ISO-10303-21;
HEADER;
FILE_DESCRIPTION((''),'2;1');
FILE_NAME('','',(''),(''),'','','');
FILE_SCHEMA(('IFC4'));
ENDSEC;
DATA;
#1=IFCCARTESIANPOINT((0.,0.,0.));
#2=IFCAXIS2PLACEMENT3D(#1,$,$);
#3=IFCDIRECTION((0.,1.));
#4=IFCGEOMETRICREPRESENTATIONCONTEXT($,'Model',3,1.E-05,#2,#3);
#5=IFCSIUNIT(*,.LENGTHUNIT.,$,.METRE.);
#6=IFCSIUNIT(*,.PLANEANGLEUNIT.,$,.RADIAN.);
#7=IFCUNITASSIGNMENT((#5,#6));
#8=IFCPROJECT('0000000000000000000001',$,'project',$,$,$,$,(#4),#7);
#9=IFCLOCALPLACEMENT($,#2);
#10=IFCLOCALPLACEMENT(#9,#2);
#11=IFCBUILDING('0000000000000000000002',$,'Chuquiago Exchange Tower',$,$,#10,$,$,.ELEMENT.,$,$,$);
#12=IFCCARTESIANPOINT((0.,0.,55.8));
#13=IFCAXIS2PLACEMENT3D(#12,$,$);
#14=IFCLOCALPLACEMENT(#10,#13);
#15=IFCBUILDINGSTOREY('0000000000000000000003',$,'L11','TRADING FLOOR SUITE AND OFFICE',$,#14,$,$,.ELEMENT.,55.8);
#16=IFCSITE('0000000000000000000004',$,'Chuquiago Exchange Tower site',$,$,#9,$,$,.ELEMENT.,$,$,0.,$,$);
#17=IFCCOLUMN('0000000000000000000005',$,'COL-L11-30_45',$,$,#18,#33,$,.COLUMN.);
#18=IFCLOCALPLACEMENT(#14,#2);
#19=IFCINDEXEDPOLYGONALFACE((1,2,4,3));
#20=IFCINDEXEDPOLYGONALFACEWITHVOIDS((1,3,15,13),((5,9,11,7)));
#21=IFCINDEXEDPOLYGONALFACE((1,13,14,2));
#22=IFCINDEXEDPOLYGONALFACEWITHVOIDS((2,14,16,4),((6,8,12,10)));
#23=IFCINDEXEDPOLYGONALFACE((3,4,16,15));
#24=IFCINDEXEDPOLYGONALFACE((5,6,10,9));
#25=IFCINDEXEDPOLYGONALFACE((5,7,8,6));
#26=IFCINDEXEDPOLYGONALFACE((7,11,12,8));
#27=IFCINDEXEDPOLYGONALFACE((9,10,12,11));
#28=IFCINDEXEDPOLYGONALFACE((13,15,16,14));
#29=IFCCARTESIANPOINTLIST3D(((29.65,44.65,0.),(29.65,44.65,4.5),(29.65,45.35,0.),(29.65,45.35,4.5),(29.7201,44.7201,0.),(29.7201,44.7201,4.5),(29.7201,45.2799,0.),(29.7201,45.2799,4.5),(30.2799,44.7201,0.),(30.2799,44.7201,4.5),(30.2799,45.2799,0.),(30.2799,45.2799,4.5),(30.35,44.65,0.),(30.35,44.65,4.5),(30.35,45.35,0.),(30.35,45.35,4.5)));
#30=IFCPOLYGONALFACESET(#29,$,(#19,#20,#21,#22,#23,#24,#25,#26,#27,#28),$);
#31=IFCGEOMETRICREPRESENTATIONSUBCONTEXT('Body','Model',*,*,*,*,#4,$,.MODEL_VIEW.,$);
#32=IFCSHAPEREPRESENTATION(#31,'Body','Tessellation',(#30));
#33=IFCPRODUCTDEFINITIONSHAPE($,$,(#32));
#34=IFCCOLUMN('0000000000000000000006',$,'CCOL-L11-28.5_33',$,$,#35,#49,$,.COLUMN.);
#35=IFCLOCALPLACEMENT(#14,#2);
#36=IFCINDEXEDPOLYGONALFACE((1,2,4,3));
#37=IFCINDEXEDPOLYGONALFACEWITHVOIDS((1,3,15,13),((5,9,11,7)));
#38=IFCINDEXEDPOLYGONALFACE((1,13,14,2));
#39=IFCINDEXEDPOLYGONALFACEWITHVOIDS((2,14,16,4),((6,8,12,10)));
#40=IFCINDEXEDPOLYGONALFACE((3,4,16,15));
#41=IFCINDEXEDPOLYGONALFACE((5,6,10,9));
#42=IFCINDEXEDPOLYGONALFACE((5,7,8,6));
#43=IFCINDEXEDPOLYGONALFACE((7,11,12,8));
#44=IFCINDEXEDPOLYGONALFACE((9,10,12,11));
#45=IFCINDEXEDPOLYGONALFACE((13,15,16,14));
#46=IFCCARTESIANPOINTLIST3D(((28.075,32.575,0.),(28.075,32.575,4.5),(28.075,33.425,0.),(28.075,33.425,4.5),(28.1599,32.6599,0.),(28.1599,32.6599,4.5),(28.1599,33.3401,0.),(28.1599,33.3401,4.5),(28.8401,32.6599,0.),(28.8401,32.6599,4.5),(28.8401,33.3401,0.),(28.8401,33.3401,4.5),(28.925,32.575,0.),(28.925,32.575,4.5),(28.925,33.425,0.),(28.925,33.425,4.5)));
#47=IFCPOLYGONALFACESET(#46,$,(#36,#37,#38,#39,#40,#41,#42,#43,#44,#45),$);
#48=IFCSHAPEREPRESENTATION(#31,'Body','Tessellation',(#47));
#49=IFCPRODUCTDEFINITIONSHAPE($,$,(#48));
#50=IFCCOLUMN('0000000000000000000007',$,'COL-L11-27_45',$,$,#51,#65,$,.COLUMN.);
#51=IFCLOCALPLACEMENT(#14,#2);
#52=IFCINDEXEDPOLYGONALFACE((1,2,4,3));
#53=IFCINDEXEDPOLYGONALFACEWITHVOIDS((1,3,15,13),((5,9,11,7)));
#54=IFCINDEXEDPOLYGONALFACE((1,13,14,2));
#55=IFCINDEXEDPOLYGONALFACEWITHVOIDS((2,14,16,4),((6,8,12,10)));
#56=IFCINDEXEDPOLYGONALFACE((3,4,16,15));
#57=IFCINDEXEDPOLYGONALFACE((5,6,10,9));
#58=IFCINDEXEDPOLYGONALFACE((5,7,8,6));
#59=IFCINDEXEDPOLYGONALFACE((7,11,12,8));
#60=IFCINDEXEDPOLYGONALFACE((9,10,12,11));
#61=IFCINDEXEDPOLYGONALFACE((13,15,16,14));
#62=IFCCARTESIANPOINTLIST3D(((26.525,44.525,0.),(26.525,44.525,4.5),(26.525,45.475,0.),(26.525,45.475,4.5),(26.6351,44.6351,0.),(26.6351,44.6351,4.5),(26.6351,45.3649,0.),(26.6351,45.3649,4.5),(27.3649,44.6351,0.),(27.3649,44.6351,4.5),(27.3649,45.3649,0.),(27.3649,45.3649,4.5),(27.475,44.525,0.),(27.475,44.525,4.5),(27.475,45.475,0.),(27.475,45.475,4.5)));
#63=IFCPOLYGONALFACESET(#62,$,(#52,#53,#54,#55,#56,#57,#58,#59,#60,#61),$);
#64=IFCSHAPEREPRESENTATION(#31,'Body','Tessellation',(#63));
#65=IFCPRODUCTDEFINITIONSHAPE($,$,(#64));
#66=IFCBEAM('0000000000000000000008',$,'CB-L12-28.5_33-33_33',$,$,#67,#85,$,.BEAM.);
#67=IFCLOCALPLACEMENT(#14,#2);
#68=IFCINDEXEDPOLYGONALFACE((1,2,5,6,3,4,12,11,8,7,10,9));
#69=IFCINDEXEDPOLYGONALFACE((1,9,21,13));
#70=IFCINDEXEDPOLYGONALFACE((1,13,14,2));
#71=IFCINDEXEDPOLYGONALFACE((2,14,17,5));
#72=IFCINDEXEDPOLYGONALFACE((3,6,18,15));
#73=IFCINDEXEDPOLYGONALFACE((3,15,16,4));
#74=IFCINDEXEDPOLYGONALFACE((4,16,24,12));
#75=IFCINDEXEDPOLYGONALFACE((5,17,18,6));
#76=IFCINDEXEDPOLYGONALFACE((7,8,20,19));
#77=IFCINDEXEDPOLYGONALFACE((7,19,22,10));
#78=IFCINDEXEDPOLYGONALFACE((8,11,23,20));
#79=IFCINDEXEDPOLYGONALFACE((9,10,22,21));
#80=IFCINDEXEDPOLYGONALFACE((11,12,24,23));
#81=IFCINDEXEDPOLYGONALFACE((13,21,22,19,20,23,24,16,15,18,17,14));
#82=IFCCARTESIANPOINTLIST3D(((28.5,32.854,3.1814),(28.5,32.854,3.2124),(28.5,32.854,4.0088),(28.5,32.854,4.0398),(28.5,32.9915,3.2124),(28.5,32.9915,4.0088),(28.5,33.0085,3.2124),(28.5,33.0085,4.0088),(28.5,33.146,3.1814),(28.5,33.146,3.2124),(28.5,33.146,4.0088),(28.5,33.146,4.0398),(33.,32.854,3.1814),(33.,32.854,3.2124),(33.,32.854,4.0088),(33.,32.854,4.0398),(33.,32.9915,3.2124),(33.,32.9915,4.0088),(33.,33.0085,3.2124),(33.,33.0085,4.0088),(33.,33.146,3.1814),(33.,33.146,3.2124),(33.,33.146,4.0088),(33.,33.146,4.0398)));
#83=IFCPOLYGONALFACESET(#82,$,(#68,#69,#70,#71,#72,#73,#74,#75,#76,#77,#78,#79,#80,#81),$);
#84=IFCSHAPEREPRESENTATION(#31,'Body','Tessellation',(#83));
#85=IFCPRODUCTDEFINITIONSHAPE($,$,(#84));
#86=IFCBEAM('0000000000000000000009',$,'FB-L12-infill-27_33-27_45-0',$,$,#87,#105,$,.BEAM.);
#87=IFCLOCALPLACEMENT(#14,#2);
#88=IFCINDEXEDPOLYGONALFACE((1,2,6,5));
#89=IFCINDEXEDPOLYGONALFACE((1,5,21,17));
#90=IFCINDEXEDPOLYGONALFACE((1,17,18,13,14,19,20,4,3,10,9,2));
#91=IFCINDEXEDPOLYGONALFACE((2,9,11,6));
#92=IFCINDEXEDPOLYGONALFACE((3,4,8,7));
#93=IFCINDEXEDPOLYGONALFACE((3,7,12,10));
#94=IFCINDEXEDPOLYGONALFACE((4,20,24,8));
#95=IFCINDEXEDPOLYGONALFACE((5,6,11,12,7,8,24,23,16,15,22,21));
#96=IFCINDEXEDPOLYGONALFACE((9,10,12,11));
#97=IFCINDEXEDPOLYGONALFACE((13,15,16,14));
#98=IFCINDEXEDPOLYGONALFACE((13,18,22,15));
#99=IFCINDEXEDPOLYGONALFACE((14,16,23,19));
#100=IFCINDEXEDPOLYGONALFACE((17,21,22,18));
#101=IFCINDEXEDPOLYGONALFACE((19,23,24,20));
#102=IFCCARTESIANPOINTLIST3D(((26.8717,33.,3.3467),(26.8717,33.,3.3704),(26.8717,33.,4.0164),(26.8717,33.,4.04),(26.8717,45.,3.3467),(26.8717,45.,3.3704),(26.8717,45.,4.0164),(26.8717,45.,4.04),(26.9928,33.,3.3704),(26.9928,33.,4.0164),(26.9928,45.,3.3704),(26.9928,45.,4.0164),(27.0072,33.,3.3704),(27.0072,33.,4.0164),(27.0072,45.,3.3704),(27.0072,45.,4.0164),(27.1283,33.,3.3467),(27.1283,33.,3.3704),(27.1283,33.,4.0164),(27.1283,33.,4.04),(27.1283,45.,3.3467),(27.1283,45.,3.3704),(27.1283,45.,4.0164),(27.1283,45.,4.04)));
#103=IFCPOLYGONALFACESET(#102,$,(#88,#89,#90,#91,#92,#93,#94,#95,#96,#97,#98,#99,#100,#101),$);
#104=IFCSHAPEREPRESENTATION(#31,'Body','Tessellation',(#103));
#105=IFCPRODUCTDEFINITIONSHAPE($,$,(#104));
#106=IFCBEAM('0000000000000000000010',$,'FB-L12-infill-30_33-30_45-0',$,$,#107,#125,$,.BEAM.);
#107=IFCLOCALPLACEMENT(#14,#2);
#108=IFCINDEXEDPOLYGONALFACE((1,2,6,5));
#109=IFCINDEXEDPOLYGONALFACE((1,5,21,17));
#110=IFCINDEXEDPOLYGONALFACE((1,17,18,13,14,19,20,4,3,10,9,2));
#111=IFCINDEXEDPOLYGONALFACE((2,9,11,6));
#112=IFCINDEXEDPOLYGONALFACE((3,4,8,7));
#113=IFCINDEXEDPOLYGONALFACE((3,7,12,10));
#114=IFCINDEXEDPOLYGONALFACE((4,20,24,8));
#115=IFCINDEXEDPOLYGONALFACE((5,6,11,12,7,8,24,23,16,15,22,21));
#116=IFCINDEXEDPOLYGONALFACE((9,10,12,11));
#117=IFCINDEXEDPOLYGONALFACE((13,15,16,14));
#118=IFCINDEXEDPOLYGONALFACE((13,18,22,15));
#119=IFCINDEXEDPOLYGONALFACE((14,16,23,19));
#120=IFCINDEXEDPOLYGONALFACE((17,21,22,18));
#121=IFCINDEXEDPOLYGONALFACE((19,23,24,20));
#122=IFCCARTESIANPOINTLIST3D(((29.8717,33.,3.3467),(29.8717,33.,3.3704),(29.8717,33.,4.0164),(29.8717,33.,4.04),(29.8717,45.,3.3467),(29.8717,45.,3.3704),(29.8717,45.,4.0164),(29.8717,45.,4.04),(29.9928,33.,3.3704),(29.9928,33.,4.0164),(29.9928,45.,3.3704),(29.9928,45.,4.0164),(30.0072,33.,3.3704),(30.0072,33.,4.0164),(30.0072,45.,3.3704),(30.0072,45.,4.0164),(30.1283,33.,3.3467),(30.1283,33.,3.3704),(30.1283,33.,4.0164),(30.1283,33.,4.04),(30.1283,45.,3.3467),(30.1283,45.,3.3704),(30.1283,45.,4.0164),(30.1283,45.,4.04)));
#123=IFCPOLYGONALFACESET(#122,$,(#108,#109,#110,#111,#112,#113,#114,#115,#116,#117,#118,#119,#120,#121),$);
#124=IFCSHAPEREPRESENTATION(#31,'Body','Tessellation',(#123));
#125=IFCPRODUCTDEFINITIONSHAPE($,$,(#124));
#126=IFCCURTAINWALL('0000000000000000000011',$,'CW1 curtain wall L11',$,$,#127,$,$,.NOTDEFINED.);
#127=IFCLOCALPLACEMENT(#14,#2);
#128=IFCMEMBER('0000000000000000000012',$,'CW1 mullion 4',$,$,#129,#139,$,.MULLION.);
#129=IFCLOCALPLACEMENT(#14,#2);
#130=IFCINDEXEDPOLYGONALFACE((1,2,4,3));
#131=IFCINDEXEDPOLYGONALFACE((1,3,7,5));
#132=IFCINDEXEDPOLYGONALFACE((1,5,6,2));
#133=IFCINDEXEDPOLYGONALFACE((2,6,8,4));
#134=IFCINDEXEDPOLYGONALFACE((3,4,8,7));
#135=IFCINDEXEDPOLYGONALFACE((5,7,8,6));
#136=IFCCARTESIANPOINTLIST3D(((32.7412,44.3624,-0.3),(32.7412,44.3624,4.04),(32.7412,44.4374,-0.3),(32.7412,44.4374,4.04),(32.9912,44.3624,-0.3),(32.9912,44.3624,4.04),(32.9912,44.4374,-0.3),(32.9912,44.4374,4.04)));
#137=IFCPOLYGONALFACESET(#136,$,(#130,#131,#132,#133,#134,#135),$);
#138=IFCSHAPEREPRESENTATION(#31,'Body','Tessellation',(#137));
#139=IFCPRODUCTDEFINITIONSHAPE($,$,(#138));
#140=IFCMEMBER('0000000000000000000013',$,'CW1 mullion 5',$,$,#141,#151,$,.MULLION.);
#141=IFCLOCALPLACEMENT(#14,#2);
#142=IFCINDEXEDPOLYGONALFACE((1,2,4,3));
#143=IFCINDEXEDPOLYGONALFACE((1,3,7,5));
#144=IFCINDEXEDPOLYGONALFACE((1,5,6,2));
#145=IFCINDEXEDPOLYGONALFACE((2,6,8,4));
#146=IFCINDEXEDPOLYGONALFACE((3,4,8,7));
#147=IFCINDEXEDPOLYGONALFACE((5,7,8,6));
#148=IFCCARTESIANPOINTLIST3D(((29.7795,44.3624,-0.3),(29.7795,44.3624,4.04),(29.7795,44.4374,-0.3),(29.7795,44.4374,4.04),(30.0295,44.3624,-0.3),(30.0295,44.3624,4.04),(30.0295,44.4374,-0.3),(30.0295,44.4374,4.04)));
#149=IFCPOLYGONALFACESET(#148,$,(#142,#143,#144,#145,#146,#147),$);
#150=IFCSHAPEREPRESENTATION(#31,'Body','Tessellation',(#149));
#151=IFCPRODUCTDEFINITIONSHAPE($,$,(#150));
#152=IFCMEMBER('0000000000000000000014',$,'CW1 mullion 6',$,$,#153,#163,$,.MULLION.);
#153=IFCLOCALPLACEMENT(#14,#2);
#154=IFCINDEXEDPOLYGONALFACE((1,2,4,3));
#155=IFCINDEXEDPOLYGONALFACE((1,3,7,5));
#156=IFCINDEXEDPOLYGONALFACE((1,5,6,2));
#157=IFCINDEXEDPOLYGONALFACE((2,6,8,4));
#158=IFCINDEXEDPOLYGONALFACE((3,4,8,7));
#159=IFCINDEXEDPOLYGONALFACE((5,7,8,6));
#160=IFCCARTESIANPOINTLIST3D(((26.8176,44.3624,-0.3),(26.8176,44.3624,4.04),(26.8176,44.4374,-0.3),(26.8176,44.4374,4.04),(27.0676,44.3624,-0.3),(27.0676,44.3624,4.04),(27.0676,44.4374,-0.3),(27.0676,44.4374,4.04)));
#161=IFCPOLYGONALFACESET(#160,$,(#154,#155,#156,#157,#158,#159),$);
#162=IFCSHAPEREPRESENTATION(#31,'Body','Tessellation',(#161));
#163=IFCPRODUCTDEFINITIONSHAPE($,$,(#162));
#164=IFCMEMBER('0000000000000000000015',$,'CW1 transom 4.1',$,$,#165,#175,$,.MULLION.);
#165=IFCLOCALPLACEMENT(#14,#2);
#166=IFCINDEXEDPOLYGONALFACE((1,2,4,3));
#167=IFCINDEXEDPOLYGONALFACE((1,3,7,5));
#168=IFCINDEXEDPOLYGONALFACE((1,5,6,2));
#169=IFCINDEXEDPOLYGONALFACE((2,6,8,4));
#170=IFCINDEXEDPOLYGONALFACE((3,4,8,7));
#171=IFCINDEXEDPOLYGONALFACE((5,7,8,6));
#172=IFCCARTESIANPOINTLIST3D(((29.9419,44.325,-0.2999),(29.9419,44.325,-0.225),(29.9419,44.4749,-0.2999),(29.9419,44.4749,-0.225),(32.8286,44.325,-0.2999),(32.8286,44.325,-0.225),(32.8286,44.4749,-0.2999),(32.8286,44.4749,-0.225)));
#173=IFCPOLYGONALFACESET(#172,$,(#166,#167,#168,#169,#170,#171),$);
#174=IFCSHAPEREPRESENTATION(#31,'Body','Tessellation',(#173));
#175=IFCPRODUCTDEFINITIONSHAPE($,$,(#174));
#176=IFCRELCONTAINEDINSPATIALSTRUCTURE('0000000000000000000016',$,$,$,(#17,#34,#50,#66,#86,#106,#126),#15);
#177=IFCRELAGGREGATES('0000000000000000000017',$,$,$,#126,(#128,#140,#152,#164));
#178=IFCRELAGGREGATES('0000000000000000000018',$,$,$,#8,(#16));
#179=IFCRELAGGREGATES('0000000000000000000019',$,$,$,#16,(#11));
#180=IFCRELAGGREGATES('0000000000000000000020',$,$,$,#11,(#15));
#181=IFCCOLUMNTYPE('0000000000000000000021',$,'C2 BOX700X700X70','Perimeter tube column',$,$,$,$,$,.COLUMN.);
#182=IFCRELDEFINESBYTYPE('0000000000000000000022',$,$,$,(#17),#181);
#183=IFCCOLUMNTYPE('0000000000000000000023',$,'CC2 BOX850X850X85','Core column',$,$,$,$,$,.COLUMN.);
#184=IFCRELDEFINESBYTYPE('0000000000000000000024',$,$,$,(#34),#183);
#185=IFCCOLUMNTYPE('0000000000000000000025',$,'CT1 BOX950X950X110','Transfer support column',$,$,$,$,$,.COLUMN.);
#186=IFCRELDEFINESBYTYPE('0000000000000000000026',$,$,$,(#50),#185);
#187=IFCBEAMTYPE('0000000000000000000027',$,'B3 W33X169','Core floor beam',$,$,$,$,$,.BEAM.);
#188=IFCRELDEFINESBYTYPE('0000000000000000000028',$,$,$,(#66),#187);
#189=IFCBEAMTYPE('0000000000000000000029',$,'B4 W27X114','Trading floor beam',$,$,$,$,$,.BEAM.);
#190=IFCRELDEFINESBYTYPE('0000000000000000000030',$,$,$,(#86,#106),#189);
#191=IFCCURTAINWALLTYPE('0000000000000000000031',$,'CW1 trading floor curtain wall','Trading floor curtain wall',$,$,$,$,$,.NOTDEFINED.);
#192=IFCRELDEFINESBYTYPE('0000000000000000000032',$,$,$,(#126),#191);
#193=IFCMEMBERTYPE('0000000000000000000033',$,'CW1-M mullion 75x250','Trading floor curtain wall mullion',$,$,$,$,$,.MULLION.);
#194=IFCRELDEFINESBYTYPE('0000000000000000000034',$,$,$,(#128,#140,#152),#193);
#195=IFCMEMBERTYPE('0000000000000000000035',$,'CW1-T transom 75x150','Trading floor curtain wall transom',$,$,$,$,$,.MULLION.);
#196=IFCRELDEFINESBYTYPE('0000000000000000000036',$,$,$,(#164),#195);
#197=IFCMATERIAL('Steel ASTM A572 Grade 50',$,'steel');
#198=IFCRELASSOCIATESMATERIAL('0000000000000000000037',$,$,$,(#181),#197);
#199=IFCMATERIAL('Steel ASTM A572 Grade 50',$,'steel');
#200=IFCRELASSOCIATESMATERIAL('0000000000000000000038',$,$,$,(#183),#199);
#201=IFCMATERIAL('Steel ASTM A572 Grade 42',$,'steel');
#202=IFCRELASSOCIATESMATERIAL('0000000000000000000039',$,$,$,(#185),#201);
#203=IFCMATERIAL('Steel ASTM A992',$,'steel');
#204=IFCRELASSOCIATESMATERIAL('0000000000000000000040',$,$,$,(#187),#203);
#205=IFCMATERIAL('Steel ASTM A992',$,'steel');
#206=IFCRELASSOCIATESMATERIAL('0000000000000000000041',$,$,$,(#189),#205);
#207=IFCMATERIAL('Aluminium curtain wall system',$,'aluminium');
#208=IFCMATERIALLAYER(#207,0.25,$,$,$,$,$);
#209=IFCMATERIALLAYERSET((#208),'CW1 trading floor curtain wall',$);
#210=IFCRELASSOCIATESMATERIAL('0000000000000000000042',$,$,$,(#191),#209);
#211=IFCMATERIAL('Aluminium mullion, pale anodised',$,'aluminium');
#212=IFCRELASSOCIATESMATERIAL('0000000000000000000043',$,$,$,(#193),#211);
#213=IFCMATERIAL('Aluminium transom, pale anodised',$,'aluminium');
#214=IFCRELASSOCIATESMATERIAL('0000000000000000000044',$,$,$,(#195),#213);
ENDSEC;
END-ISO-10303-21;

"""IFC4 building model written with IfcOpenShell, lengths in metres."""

from ifc_helpers import new_model, si_unit, direction, frame, origin, origin_2d, place, context, subcontext, project, spatial, rectangle, hollow_rectangle, i_section, extrude, material, layer, layer_set, material_profile, profile_set, type_object, element, aggregate, save


model = new_model("IFC4")

# Units and contexts
model_context = context("Model", 3, precision=1e-05, world=origin(), true_north=direction((0.0, 1.0)))
body_context = subcontext(model_context, "Body", "Model", "MODEL_VIEW")
ifc_project = project(units=[si_unit("LENGTHUNIT", "METRE"), si_unit("PLANEANGLEUNIT", "RADIAN")], contexts=[model_context])

# Site, building, storey
site_placement = place(None, origin())
site = spatial("IfcSite", under=ifc_project, at=site_placement, Name="Chuquiago Exchange Tower site", CompositionType="ELEMENT", RefElevation=0.0)
building_placement = place(site_placement, origin())
building = spatial("IfcBuilding", under=site, at=building_placement, Name="Chuquiago Exchange Tower", CompositionType="ELEMENT")
storey_placement = place(building_placement, frame((0.0, 0.0, 55.8)))
storey = spatial("IfcBuildingStorey", under=building, at=storey_placement, Name="L11", Description="TRADING FLOOR SUITE AND OFFICE", CompositionType="ELEMENT", Elevation=55.8)

# Columns
ifc_material_1 = material(Name="Steel ASTM A572 Grade 50", Category="steel")
ifc_material_profile_1 = material_profile(ifc_material_1, hollow_rectangle(XDim=0.7, YDim=0.7, WallThickness=0.0701, at=origin_2d()), Name="BOX700X700X70")
ifc_profile_set_1 = profile_set([ifc_material_profile_1], Name="Steel ASTM A572 Grade 50")
column_type_1 = type_object("IfcColumnType", Name="C2 BOX700X700X70", Description="Perimeter tube column", PredefinedType="COLUMN", material=ifc_profile_set_1)
column_1_placement = place(storey_placement, frame((30.0, 45.0, 0.0), z_axis=(0.0, 0.0, 1.0), x_axis=(0.0, 1.0, 0.0)))
element("IfcColumn", 1, at=column_1_placement, inside=storey, type_object=column_type_1, Name="COL-L11-30_45", PredefinedType="COLUMN", context=body_context, shape_type="SweptSolid", body=[
    extrude(hollow_rectangle(XDim=0.7, YDim=0.7, WallThickness=0.0701, at=origin_2d()), origin(), (0.0, 0.0, 1.0), 4.5),
])
ifc_material_2 = material(Name="Steel ASTM A572 Grade 50", Category="steel")
ifc_material_profile_2 = material_profile(ifc_material_2, hollow_rectangle(XDim=0.8501, YDim=0.8501, WallThickness=0.085, at=origin_2d()), Name="BOX850X850X85")
ifc_profile_set_2 = profile_set([ifc_material_profile_2], Name="Steel ASTM A572 Grade 50")
column_type_2 = type_object("IfcColumnType", Name="CC2 BOX850X850X85", Description="Core column", PredefinedType="COLUMN", material=ifc_profile_set_2)
column_2_placement = place(storey_placement, frame((28.5, 33.0, 0.0), z_axis=(0.0, 0.0, 1.0), x_axis=(1.0, 0.0, 0.0)))
element("IfcColumn", 2, at=column_2_placement, inside=storey, type_object=column_type_2, Name="CCOL-L11-28.5_33", PredefinedType="COLUMN", context=body_context, shape_type="SweptSolid", body=[
    extrude(hollow_rectangle(XDim=0.8501, YDim=0.8501, WallThickness=0.085, at=origin_2d()), origin(), (0.0, 0.0, 1.0), 4.5),
])
ifc_material_3 = material(Name="Steel ASTM A572 Grade 42", Category="steel")
ifc_material_profile_3 = material_profile(ifc_material_3, hollow_rectangle(XDim=0.95, YDim=0.95, WallThickness=0.1101, at=origin_2d()), Name="BOX950X950X110")
ifc_profile_set_3 = profile_set([ifc_material_profile_3], Name="Steel ASTM A572 Grade 42")
column_type_3 = type_object("IfcColumnType", Name="CT1 BOX950X950X110", Description="Transfer support column", PredefinedType="COLUMN", material=ifc_profile_set_3)
column_3_placement = place(storey_placement, frame((27.0, 45.0, 0.0), z_axis=(0.0, 0.0, 1.0), x_axis=(0.0, 1.0, 0.0)))
element("IfcColumn", 3, at=column_3_placement, inside=storey, type_object=column_type_3, Name="COL-L11-27_45", PredefinedType="COLUMN", context=body_context, shape_type="SweptSolid", body=[
    extrude(hollow_rectangle(XDim=0.95, YDim=0.95, WallThickness=0.1101, at=origin_2d()), origin(), (0.0, 0.0, 1.0), 4.5),
])

# Beams
ifc_material_4 = material(Name="Steel ASTM A992", Category="steel")
ifc_material_profile_4 = material_profile(ifc_material_4, i_section(OverallWidth=0.292, OverallDepth=0.8584, WebThickness=0.0171, FlangeThickness=0.031, at=origin_2d()), Name="W33X169")
ifc_profile_set_4 = profile_set([ifc_material_profile_4], Name="Steel ASTM A992")
beam_type_1 = type_object("IfcBeamType", Name="B3 W33X169", Description="Core floor beam", PredefinedType="BEAM", material=ifc_profile_set_4)
beam_placement = place(storey_placement, frame((28.5, 33.0, 3.6106), z_axis=(1.0, 0.0, 0.0), x_axis=(0.0, 1.0, 0.0)))
element("IfcBeam", 4, at=beam_placement, inside=storey, type_object=beam_type_1, Name="CB-L12-28.5_33-33_33", PredefinedType="BEAM", context=body_context, shape_type="SweptSolid", body=[
    extrude(i_section(OverallWidth=0.292, OverallDepth=0.8584, WebThickness=0.0171, FlangeThickness=0.031, at=origin_2d()), origin(), (0.0, 0.0, 1.0), 4.5),
])
ifc_material_5 = material(Name="Steel ASTM A992", Category="steel")
ifc_material_profile_5 = material_profile(ifc_material_5, i_section(OverallWidth=0.2566, OverallDepth=0.6934, WebThickness=0.0144, FlangeThickness=0.0237, at=origin_2d()), Name="W27X114")
ifc_profile_set_5 = profile_set([ifc_material_profile_5], Name="Steel ASTM A992")
beam_type_2 = type_object("IfcBeamType", Name="B4 W27X114", Description="Trading floor beam", PredefinedType="BEAM", material=ifc_profile_set_5)
for number, where, z_axis, x_axis, name in (
    (5, (27.0, 33.0, 3.6934), (0.0, 1.0, 0.0), (-1.0, 0.0, 0.0), "FB-L12-infill-27_33-27_45-0"),
    (6, (30.0, 33.0, 3.6934), (0.0, 1.0, 0.0), (-1.0, 0.0, 0.0), "FB-L12-infill-30_33-30_45-0"),
):
    element("IfcBeam", number, at=place(storey_placement, frame(where, z_axis=z_axis, x_axis=x_axis)), inside=storey, type_object=beam_type_2, Name=name, PredefinedType="BEAM", context=body_context, shape_type="SweptSolid", body=[
        extrude(i_section(OverallWidth=0.2566, OverallDepth=0.6934, WebThickness=0.0144, FlangeThickness=0.0237, at=origin_2d()), origin(), (0.0, 0.0, 1.0), 12.0),
    ])

# Curtain wall, members
ifc_material_6 = material(Name="Aluminium curtain wall system", Category="aluminium")
ifc_layer_1 = layer(ifc_material_6, 0.25)
ifc_layer_set_1 = layer_set([ifc_layer_1], Name="CW1 trading floor curtain wall")
curtain_wall_type = type_object("IfcCurtainWallType", Name="CW1 trading floor curtain wall", Description="Trading floor curtain wall", PredefinedType="NOTDEFINED", material=ifc_layer_set_1)
curtain_wall_placement = place(storey_placement, origin())
curtain_wall = element("IfcCurtainWall", 7, at=curtain_wall_placement, inside=storey, type_object=curtain_wall_type, Name="CW1 curtain wall L11", PredefinedType="NOTDEFINED")
ifc_material_7 = material(Name="Aluminium mullion, pale anodised", Category="aluminium")
ifc_material_profile_6 = material_profile(ifc_material_7, rectangle(XDim=0.075, YDim=0.25, at=origin_2d()), Name="AL 75x250")
ifc_profile_set_6 = profile_set([ifc_material_profile_6], Name="Aluminium mullion, pale anodised")
member_type_1 = type_object("IfcMemberType", Name="CW1-M mullion 75x250", Description="Trading floor curtain wall mullion", PredefinedType="MULLION", material=ifc_profile_set_6)
member_1_placement = place(storey_placement, frame((32.8662, 44.3999, -0.3), z_axis=(0.0, 0.0, 1.0), x_axis=(0.0, -1.0, 0.0)))
member_1 = element("IfcMember", 8, at=member_1_placement, type_object=member_type_1, Name="CW1 mullion 4", PredefinedType="MULLION", context=body_context, shape_type="SweptSolid", body=[
    extrude(rectangle(XDim=0.075, YDim=0.25, at=origin_2d()), origin(), (0.0, 0.0, 1.0), 4.3401),
])
member_2_placement = place(storey_placement, frame((29.9045, 44.3999, -0.3), z_axis=(0.0, 0.0, 1.0), x_axis=(0.0, -1.0, 0.0)))
member_2 = element("IfcMember", 9, at=member_2_placement, type_object=member_type_1, Name="CW1 mullion 5", PredefinedType="MULLION", context=body_context, shape_type="SweptSolid", body=[
    extrude(rectangle(XDim=0.075, YDim=0.25, at=origin_2d()), origin(), (0.0, 0.0, 1.0), 4.3401),
])
member_3_placement = place(storey_placement, frame((26.9426, 44.3999, -0.3), z_axis=(0.0, 0.0, 1.0), x_axis=(0.0, -1.0, 0.0)))
member_3 = element("IfcMember", 10, at=member_3_placement, type_object=member_type_1, Name="CW1 mullion 6", PredefinedType="MULLION", context=body_context, shape_type="SweptSolid", body=[
    extrude(rectangle(XDim=0.075, YDim=0.25, at=origin_2d()), origin(), (0.0, 0.0, 1.0), 4.3401),
])
ifc_material_8 = material(Name="Aluminium transom, pale anodised", Category="aluminium")
ifc_material_profile_7 = material_profile(ifc_material_8, rectangle(XDim=0.1499, YDim=0.075, at=origin_2d()), Name="AL 150x75")
ifc_profile_set_7 = profile_set([ifc_material_profile_7], Name="Aluminium transom, pale anodised")
member_type_2 = type_object("IfcMemberType", Name="CW1-T transom 75x150", Description="Trading floor curtain wall transom", PredefinedType="MULLION", material=ifc_profile_set_7)
member_4_placement = place(storey_placement, frame((32.8286, 44.3999, -0.2625), z_axis=(-1.0, 0.0, 0.0), x_axis=(0.0, -1.0, 0.0)))
member_4 = element("IfcMember", 11, at=member_4_placement, type_object=member_type_2, Name="CW1 transom 4.1", PredefinedType="MULLION", context=body_context, shape_type="SweptSolid", body=[
    extrude(rectangle(XDim=0.1499, YDim=0.075, at=origin_2d()), origin(), (0.0, 0.0, 1.0), 2.8867),
])

aggregate(curtain_wall, [member_1, member_2, member_3, member_4])

save(model, "model.ifc")
